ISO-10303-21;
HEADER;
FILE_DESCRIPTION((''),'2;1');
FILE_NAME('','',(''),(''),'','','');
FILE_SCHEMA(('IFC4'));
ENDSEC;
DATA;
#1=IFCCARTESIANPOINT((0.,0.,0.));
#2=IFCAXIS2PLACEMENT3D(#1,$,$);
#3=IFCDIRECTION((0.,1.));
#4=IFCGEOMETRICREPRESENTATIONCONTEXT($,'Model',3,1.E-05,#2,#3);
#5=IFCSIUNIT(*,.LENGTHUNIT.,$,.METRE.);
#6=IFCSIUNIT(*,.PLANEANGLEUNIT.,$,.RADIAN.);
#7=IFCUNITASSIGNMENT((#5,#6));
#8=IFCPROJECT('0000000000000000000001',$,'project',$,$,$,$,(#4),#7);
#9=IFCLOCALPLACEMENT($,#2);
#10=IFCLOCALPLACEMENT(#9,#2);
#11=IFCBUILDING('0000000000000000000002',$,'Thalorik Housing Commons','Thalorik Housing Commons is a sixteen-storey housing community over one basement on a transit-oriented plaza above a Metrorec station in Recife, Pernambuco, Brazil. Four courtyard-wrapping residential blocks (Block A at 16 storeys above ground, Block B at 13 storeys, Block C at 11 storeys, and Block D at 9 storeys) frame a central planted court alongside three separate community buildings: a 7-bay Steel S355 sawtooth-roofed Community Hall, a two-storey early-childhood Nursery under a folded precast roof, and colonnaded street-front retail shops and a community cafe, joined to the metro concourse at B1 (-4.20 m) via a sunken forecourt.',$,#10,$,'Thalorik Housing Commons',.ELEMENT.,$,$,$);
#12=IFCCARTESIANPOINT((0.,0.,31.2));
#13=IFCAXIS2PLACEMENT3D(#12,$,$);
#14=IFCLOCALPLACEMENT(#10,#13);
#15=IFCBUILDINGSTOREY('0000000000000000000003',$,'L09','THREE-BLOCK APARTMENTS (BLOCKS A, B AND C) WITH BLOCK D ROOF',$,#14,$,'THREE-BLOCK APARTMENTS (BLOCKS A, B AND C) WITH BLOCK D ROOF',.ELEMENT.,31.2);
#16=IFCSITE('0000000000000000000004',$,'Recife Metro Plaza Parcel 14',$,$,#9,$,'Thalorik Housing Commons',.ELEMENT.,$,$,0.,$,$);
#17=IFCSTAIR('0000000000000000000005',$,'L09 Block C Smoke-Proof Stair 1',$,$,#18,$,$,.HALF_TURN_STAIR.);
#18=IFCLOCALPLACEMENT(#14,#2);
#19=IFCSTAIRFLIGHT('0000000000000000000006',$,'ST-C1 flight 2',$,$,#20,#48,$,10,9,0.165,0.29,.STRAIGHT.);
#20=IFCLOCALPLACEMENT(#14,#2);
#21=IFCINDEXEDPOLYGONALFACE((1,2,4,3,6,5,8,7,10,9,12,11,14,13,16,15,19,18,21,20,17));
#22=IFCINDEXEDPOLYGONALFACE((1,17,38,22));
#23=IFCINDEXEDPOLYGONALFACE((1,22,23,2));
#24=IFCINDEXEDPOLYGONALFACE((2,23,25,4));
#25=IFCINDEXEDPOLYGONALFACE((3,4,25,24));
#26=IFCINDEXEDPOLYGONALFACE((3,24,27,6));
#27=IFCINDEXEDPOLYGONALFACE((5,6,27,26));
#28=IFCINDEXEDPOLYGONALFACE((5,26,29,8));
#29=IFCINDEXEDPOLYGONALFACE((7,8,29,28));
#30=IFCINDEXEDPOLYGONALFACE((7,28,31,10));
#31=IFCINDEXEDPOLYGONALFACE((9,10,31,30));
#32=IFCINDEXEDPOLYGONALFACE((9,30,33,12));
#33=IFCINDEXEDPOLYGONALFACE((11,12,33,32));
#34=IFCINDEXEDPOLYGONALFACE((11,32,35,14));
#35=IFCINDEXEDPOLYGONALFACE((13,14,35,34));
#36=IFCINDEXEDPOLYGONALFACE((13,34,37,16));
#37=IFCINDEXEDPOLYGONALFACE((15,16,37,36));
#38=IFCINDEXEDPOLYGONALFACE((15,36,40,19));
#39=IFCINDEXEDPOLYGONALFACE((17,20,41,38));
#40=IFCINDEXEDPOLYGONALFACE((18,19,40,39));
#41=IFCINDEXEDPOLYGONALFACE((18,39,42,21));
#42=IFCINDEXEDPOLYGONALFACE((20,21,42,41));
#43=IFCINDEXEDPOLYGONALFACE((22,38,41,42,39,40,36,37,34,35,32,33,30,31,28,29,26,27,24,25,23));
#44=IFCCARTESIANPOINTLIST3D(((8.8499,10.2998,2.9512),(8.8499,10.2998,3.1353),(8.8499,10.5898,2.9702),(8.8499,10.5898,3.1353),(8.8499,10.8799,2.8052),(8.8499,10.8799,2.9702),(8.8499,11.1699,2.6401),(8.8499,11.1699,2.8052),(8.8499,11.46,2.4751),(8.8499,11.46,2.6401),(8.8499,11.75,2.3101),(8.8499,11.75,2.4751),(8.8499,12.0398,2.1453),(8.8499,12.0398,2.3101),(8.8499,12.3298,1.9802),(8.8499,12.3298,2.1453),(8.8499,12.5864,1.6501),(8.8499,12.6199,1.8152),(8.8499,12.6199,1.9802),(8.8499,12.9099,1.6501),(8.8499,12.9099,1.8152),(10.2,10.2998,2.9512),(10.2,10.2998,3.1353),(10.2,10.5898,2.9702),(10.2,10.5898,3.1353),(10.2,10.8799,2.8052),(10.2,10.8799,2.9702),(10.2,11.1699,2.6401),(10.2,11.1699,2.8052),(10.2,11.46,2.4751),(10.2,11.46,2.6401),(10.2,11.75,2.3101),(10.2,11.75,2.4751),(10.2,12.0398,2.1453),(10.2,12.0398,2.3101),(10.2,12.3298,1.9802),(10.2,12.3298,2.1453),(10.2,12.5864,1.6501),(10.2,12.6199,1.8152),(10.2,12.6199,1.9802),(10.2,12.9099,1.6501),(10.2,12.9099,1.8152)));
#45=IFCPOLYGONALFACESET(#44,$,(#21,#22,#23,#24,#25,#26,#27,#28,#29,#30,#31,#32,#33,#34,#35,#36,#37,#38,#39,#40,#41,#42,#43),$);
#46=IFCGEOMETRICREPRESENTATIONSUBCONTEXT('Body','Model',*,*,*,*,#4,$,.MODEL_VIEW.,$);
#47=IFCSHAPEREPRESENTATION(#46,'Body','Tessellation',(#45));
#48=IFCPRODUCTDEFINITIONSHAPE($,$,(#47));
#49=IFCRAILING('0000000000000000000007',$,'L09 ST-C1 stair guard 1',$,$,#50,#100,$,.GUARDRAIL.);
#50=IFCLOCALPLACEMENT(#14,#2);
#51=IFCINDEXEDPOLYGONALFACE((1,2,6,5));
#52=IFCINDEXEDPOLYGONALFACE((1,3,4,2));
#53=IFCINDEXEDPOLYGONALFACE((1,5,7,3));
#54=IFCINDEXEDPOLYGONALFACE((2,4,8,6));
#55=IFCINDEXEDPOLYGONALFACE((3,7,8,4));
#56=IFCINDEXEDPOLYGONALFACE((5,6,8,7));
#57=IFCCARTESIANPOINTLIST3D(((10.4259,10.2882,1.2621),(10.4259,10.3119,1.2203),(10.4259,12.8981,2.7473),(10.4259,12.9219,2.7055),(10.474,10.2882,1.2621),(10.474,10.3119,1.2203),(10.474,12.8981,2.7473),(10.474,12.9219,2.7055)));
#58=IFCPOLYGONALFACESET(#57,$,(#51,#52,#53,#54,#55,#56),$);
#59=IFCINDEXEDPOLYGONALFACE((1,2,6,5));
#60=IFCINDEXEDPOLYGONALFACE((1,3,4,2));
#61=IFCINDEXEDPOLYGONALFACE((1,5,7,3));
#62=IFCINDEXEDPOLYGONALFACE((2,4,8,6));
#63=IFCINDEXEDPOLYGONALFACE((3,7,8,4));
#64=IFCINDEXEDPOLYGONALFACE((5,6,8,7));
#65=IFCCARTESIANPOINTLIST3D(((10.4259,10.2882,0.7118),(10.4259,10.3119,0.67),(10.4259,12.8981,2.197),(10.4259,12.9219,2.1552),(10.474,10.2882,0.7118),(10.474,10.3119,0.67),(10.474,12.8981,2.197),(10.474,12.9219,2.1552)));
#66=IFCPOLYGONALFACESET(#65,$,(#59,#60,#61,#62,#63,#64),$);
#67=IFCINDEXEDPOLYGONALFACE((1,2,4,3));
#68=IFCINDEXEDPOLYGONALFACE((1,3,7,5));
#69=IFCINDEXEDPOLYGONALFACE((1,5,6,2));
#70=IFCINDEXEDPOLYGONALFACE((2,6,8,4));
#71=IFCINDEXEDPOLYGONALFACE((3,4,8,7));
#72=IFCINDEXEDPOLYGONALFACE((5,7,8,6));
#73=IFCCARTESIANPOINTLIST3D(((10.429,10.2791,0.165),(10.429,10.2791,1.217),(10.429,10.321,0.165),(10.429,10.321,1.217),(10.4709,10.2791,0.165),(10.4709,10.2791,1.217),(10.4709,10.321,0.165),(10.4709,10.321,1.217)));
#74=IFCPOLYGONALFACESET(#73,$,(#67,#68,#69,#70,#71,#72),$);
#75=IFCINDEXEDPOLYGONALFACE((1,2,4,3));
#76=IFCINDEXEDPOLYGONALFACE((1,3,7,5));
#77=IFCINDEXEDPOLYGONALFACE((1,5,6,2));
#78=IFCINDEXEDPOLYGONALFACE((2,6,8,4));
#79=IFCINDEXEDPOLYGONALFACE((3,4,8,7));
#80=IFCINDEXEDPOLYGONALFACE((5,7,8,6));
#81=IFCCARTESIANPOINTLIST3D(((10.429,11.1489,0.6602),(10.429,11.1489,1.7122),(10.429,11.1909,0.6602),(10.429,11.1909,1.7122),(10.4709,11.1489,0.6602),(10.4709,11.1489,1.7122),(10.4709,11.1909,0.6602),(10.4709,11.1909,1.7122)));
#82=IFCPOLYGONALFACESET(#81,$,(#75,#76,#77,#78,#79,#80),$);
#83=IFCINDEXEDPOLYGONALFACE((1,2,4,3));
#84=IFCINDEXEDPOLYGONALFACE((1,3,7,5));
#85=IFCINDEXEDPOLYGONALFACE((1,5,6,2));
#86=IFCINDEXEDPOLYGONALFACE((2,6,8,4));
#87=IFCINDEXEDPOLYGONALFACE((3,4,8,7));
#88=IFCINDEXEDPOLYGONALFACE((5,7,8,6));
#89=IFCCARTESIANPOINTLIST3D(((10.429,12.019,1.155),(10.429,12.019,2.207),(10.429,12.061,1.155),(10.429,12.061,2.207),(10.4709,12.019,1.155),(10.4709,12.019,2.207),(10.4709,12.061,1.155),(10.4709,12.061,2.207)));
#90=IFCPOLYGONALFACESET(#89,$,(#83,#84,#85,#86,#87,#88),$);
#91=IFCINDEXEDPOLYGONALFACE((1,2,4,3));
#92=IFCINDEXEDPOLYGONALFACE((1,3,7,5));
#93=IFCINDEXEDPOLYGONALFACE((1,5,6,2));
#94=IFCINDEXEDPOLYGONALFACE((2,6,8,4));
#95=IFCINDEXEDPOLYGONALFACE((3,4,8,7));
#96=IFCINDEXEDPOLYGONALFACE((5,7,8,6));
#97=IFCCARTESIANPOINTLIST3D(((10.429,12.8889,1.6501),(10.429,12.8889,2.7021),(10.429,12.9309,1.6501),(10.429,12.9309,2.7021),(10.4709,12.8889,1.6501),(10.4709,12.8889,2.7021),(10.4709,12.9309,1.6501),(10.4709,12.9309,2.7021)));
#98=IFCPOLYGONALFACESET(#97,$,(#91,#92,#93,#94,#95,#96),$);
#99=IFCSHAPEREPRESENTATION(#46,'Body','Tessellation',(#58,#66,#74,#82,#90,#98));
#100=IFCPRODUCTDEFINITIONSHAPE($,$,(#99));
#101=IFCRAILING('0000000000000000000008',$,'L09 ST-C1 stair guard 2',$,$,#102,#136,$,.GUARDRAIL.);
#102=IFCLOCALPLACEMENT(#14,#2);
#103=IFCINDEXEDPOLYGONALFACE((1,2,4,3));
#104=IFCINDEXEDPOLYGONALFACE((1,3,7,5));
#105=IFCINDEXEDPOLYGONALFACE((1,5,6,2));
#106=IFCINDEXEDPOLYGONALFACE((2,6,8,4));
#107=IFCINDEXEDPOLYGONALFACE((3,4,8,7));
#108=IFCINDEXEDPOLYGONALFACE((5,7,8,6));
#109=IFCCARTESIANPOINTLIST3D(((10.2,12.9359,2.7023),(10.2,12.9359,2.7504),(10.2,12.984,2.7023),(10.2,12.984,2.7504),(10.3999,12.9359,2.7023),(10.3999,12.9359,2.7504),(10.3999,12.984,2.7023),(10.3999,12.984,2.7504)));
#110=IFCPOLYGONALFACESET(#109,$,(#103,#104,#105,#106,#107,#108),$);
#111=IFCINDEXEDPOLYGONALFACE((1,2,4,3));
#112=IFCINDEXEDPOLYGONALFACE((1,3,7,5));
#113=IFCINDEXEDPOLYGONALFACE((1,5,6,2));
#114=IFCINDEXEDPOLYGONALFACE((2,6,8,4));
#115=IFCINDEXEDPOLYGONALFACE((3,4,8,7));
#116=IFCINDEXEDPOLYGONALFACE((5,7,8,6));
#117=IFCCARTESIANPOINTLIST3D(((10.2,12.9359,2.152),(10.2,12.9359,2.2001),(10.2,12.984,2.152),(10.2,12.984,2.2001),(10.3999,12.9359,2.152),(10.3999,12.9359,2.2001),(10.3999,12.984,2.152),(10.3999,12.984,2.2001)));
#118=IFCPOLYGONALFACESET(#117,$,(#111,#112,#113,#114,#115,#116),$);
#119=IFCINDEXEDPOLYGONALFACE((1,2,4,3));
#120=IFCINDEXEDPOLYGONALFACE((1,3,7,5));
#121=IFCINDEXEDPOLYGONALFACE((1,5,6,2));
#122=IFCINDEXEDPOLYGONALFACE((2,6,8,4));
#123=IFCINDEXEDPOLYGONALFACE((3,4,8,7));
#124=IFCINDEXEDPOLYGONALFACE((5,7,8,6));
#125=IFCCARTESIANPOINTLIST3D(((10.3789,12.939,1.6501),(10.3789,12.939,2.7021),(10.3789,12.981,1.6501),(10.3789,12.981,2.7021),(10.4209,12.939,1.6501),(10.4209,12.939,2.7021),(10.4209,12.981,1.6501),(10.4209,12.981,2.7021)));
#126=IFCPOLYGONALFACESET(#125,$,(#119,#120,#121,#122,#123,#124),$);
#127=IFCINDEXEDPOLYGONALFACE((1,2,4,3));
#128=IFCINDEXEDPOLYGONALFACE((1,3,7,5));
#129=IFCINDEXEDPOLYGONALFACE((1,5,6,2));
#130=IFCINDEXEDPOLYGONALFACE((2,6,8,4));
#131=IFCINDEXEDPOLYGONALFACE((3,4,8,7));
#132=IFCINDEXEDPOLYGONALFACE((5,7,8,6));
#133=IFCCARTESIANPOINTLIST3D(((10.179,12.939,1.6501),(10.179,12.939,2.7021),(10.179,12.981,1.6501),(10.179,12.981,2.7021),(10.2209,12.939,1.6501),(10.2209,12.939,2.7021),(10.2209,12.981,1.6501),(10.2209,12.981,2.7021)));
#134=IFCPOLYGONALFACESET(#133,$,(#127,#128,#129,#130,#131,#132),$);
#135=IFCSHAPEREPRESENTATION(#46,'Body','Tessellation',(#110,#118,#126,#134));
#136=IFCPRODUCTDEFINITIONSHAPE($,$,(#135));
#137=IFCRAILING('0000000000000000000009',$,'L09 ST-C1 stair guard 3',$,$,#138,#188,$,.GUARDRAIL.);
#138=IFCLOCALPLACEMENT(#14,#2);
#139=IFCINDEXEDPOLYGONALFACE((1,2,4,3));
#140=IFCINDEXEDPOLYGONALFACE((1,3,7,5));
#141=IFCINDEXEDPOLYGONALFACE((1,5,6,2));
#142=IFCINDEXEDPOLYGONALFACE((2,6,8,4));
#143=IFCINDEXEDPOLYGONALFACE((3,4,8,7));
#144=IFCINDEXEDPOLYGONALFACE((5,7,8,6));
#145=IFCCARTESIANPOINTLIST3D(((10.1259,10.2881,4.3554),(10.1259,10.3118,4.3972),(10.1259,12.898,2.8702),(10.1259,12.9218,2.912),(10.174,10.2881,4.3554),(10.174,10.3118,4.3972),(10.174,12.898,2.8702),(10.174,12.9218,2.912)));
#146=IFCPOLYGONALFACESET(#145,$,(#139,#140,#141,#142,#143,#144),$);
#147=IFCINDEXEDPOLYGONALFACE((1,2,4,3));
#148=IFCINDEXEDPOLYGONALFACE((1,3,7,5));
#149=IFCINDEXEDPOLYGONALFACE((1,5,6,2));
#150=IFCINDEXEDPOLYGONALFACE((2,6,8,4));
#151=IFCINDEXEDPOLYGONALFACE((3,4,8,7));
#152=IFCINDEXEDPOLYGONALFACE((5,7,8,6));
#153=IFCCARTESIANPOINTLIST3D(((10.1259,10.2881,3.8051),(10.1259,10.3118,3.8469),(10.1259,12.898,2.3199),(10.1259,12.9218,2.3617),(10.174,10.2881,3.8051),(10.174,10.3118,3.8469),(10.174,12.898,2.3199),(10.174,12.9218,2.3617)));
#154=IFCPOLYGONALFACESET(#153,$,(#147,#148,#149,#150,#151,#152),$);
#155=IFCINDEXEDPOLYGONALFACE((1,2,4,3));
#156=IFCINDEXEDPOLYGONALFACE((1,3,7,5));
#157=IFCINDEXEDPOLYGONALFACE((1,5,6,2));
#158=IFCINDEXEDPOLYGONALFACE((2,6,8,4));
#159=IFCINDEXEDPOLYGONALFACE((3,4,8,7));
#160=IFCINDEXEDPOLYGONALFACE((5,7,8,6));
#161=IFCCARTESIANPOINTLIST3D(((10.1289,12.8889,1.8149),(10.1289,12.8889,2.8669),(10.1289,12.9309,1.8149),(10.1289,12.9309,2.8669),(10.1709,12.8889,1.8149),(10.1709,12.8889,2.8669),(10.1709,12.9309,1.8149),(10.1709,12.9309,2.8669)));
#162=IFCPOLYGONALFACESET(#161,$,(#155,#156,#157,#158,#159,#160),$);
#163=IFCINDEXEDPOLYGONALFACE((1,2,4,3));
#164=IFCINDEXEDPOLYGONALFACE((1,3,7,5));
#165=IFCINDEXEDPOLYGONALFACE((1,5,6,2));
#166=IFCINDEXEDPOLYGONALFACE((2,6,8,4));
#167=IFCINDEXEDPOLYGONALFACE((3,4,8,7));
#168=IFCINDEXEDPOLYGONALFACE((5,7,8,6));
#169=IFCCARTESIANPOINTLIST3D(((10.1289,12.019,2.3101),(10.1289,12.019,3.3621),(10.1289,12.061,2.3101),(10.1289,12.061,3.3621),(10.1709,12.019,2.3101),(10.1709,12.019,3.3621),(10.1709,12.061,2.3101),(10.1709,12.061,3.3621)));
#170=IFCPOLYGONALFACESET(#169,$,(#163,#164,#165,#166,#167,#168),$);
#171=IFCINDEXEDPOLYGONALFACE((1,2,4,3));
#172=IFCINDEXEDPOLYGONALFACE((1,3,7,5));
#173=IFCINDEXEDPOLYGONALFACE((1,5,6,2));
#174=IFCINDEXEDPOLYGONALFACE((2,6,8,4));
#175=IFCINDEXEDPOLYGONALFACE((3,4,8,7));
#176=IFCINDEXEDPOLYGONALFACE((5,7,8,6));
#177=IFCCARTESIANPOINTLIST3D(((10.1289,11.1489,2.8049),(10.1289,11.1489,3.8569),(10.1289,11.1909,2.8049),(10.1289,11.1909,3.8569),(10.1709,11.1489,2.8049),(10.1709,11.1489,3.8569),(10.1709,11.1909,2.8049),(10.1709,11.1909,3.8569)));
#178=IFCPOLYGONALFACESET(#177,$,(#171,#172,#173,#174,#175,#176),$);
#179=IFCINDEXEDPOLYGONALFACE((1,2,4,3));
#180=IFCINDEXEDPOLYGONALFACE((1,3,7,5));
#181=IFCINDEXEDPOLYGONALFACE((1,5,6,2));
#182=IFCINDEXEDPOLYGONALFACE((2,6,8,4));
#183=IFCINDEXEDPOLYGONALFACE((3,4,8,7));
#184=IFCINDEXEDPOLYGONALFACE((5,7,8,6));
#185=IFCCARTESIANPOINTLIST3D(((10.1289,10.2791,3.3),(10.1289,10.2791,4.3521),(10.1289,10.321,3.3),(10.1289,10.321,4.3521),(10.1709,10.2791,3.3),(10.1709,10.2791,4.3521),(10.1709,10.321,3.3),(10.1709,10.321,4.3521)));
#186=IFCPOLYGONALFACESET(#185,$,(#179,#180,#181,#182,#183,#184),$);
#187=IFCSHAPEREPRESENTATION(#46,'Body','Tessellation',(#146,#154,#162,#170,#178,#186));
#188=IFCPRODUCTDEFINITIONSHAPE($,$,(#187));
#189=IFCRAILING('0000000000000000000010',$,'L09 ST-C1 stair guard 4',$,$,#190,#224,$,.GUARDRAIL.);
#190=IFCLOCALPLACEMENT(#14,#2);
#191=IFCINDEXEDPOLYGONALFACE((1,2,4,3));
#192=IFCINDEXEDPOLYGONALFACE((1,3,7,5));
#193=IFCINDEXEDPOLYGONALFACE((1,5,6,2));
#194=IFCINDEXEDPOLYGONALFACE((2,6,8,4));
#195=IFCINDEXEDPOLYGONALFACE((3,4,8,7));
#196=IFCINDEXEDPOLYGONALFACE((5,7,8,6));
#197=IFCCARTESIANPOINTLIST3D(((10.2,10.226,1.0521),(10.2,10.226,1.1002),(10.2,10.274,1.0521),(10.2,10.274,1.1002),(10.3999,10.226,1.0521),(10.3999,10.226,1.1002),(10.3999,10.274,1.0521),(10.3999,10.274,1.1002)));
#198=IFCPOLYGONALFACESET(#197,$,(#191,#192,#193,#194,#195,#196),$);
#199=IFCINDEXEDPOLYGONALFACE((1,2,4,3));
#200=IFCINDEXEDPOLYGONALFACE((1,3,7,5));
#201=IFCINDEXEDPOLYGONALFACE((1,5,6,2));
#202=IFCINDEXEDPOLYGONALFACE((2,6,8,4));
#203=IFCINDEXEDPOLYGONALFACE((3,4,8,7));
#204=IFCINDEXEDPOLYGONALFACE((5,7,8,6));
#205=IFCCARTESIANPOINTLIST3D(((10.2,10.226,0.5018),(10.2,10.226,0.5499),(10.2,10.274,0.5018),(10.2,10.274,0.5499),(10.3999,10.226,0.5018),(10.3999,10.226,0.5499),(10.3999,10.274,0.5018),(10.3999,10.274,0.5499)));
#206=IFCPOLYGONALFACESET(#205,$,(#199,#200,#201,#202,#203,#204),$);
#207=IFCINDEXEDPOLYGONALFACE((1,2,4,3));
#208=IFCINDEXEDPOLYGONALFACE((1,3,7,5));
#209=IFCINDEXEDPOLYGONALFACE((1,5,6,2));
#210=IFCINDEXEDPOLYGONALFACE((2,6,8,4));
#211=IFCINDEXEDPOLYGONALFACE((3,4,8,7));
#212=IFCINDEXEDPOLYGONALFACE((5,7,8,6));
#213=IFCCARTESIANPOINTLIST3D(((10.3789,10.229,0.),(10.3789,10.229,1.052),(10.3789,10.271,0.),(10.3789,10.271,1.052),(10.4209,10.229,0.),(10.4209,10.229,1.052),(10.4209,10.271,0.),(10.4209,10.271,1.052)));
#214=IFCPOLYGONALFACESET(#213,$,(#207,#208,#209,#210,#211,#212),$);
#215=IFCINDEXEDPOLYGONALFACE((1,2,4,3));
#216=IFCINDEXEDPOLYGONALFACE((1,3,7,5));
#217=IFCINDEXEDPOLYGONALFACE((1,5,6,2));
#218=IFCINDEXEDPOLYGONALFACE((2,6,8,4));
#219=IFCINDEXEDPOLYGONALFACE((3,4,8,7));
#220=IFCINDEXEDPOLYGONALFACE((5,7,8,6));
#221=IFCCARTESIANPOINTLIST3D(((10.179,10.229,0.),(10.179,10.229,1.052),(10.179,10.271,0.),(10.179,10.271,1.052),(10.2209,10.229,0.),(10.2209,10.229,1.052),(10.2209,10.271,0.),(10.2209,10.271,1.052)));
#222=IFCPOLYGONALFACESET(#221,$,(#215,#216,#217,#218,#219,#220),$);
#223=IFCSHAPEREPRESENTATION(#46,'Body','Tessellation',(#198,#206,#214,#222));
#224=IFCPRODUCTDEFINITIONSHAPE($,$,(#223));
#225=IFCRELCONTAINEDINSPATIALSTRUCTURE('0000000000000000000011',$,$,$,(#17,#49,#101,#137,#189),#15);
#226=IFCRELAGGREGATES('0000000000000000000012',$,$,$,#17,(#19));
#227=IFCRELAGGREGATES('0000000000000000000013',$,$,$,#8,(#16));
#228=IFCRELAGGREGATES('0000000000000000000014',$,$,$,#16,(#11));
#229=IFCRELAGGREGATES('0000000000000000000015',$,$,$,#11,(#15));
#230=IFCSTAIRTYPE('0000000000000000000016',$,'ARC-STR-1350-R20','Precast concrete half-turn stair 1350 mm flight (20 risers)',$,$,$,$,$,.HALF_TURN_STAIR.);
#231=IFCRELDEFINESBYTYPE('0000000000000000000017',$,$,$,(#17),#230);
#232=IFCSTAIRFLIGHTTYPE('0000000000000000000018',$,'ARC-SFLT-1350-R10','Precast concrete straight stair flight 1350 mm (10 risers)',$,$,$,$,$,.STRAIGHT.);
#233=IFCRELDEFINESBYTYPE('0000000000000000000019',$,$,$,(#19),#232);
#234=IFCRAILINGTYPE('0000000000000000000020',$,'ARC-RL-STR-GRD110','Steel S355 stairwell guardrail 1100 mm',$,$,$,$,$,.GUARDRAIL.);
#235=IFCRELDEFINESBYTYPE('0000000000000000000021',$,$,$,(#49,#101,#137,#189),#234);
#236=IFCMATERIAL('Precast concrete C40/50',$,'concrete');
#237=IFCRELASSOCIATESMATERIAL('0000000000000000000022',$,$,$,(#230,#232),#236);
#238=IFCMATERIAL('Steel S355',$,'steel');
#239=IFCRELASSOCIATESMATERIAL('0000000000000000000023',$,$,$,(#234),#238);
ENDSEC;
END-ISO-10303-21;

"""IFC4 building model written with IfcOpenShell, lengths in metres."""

from ifc_helpers import new_model, si_unit, direction, frame, origin, origin_2d, place, context, subcontext, project, spatial, polyline, rectangle, outline, extrude, material, type_object, element, aggregate, save


model = new_model("IFC4")

# Units and contexts
model_context = context("Model", 3, precision=1e-05, world=origin(), true_north=direction((0.0, 1.0)))
body_context = subcontext(model_context, "Body", "Model", "MODEL_VIEW")
ifc_project = project(units=[si_unit("LENGTHUNIT", "METRE"), si_unit("PLANEANGLEUNIT", "RADIAN")], contexts=[model_context])

# Site, building, storey
site_placement = place(None, origin())
site = spatial("IfcSite", under=ifc_project, at=site_placement, Name="Recife Metro Plaza Parcel 14", LongName="Thalorik Housing Commons", CompositionType="ELEMENT", RefElevation=0.0)
building_placement = place(site_placement, origin())
building = spatial("IfcBuilding", under=site, at=building_placement, Name="Thalorik Housing Commons", Description="Thalorik Housing Commons is a sixteen-storey housing community over one basement on a transit-oriented plaza above a Metrorec station in Recife, Pernambuco, Brazil. Four courtyard-wrapping residential blocks (Block A at 16 storeys above ground, Block B at 13 storeys, Block C at 11 storeys, and Block D at 9 storeys) frame a central planted court alongside three separate community buildings: a 7-bay Steel S355 sawtooth-roofed Community Hall, a two-storey early-childhood Nursery under a folded precast roof, and colonnaded street-front retail shops and a community cafe, joined to the metro concourse at B1 (-4.20 m) via a sunken forecourt.", LongName="Thalorik Housing Commons", CompositionType="ELEMENT")
storey_placement = place(building_placement, frame((0.0, 0.0, 31.2)))
storey = spatial("IfcBuildingStorey", under=building, at=storey_placement, Name="L09", Description="THREE-BLOCK APARTMENTS (BLOCKS A, B AND C) WITH BLOCK D ROOF", LongName="THREE-BLOCK APARTMENTS (BLOCKS A, B AND C) WITH BLOCK D ROOF", CompositionType="ELEMENT", Elevation=31.2)

# Shared definitions
ifc_material_1 = material(Name="Steel S355", Category="steel")

# Stair, stair flight
ifc_material_2 = material(Name="Precast concrete C40/50", Category="concrete")
stair_type = type_object("IfcStairType", Name="ARC-STR-1350-R20", Description="Precast concrete half-turn stair 1350 mm flight (20 risers)", PredefinedType="HALF_TURN_STAIR", material=ifc_material_2)
stair_placement = place(storey_placement, origin())
stair = element("IfcStair", 1, at=stair_placement, inside=storey, type_object=stair_type, Name="L09 Block C Smoke-Proof Stair 1", PredefinedType="HALF_TURN_STAIR")
stair_flight_type = type_object("IfcStairFlightType", Name="ARC-SFLT-1350-R10", Description="Precast concrete straight stair flight 1350 mm (10 risers)", PredefinedType="STRAIGHT", material=ifc_material_2)
stair_flight_1_placement = place(storey_placement, frame((9.5249, 12.9099, 1.6501), z_axis=(0.0, 0.0, 1.0), x_axis=(0.0, -1.0, 0.0)))
stair_flight_1 = element("IfcStairFlight", 2, at=stair_flight_1_placement, type_object=stair_flight_type, Name="ST-C1 flight 2", NumberOfRisers=10, NumberOfTreads=9, PredefinedType="STRAIGHT", RiserHeight=0.165, TreadLength=0.29, context=body_context, shape_type="SweptSolid", body=[
    extrude(outline(polyline([(0.0, 0.0), (0.0, 0.165), (0.29, 0.165), (0.29, 0.3301), (0.5801, 0.3301), (0.5801, 0.4951), (0.8701, 0.4951), (0.8701, 0.6599), (1.1599, 0.6599), (1.1599, 0.825), (1.45, 0.825), (1.45, 0.99), (1.74, 0.99), (1.74, 1.155), (2.03, 1.155), (2.03, 1.3201), (2.3201, 1.3201), (2.3201, 1.4851), (2.6101, 1.4851), (2.6101, 1.6499), (2.6101, 1.301), (0.3235, 0.0), (0.0, 0.0)])), frame((0.0, 0.675, 0.0), z_axis=(0.0, -1.0, 0.0), x_axis=(1.0, 0.0, 0.0)), (0.0, 0.0, 1.0), 1.3501),
])
aggregate(stair, [stair_flight_1])

# Railings
railing_type_1 = type_object("IfcRailingType", Name="ARC-RL-STR-GRD110", Description="Steel S355 stairwell guardrail 1100 mm", PredefinedType="GUARDRAIL", material=ifc_material_1)
railing_1_placement = place(storey_placement, frame((10.45, 10.3, 0.165)))
element("IfcRailing", 3, at=railing_1_placement, inside=storey, type_object=railing_type_1, Name="L09 ST-C1 stair guard 1", PredefinedType="GUARDRAIL", context=body_context, shape_type="SweptSolid", body=[
    extrude(rectangle(XDim=0.0481, YDim=0.0481, at=origin_2d()), frame((0.0, 0.0, 1.0762), z_axis=(0.0, 0.869137, 0.494571), x_axis=(-1.0, 0.0, 0.0)), (0.0, 0.0, 1.0), 3.0029),
    extrude(rectangle(XDim=0.0481, YDim=0.0481, at=origin_2d()), frame((0.0, 0.0, 0.5259), z_axis=(0.0, 0.869137, 0.494571), x_axis=(-1.0, 0.0, 0.0)), (0.0, 0.0, 1.0), 3.0029),
    extrude(rectangle(XDim=0.042, YDim=0.042, at=origin_2d()), origin(), (0.0, 0.0, 1.0), 1.052),
    extrude(rectangle(XDim=0.042, YDim=0.042, at=origin_2d()), frame((0.0, 0.8699, 0.4951)), (0.0, 0.0, 1.0), 1.052),
    extrude(rectangle(XDim=0.042, YDim=0.042, at=origin_2d()), frame((0.0, 1.74, 0.99)), (0.0, 0.0, 1.0), 1.052),
    extrude(rectangle(XDim=0.042, YDim=0.042, at=origin_2d()), frame((0.0, 2.6099, 1.4851)), (0.0, 0.0, 1.0), 1.052),
])
railing_2_placement = place(storey_placement, frame((10.3999, 12.96, 1.6501)))
element("IfcRailing", 4, at=railing_2_placement, inside=storey, type_object=railing_type_1, Name="L09 ST-C1 stair guard 2", PredefinedType="GUARDRAIL", context=body_context, shape_type="SweptSolid", body=[
    extrude(rectangle(XDim=0.0481, YDim=0.0481, at=origin_2d()), frame((0.0, 0.0, 1.0762), z_axis=(-1.0, 0.0, 0.0), x_axis=(0.0, -1.0, 0.0)), (0.0, 0.0, 1.0), 0.2),
    extrude(rectangle(XDim=0.0481, YDim=0.0481, at=origin_2d()), frame((0.0, 0.0, 0.5259), z_axis=(-1.0, 0.0, 0.0), x_axis=(0.0, -1.0, 0.0)), (0.0, 0.0, 1.0), 0.2),
    extrude(rectangle(XDim=0.042, YDim=0.042, at=origin_2d()), origin(), (0.0, 0.0, 1.0), 1.052),
    extrude(rectangle(XDim=0.042, YDim=0.042, at=origin_2d()), frame((-0.2, 0.0, 0.0)), (0.0, 0.0, 1.0), 1.052),
])
railing_3_placement = place(storey_placement, frame((10.1499, 12.9099, 1.8149)))
element("IfcRailing", 5, at=railing_3_placement, inside=storey, type_object=railing_type_1, Name="L09 ST-C1 stair guard 3", PredefinedType="GUARDRAIL", context=body_context, shape_type="SweptSolid", body=[
    extrude(rectangle(XDim=0.0481, YDim=0.0481, at=origin_2d()), frame((0.0, 0.0, 1.0762), z_axis=(0.0, -0.869137, 0.494571), x_axis=(1.0, 0.0, 0.0)), (0.0, 0.0, 1.0), 3.0029),
    extrude(rectangle(XDim=0.0481, YDim=0.0481, at=origin_2d()), frame((0.0, 0.0, 0.5259), z_axis=(0.0, -0.869137, 0.494571), x_axis=(1.0, 0.0, 0.0)), (0.0, 0.0, 1.0), 3.0029),
    extrude(rectangle(XDim=0.042, YDim=0.042, at=origin_2d()), origin(), (0.0, 0.0, 1.0), 1.052),
    extrude(rectangle(XDim=0.042, YDim=0.042, at=origin_2d()), frame((0.0, -0.8699, 0.4951)), (0.0, 0.0, 1.0), 1.052),
    extrude(rectangle(XDim=0.042, YDim=0.042, at=origin_2d()), frame((0.0, -1.74, 0.99)), (0.0, 0.0, 1.0), 1.052),
    extrude(rectangle(XDim=0.042, YDim=0.042, at=origin_2d()), frame((0.0, -2.6099, 1.4851)), (0.0, 0.0, 1.0), 1.052),
])
railing_4_placement = place(storey_placement, frame((10.3999, 10.25, 0.0)))
element("IfcRailing", 6, at=railing_4_placement, inside=storey, type_object=railing_type_1, Name="L09 ST-C1 stair guard 4", PredefinedType="GUARDRAIL", context=body_context, shape_type="SweptSolid", body=[
    extrude(rectangle(XDim=0.0481, YDim=0.0481, at=origin_2d()), frame((0.0, 0.0, 1.0762), z_axis=(-1.0, 0.0, 0.0), x_axis=(0.0, -1.0, 0.0)), (0.0, 0.0, 1.0), 0.2),
    extrude(rectangle(XDim=0.0481, YDim=0.0481, at=origin_2d()), frame((0.0, 0.0, 0.5259), z_axis=(-1.0, 0.0, 0.0), x_axis=(0.0, -1.0, 0.0)), (0.0, 0.0, 1.0), 0.2),
    extrude(rectangle(XDim=0.042, YDim=0.042, at=origin_2d()), origin(), (0.0, 0.0, 1.0), 1.052),
    extrude(rectangle(XDim=0.042, YDim=0.042, at=origin_2d()), frame((-0.2, 0.0, 0.0)), (0.0, 0.0, 1.0), 1.052),
])

save(model, "model.ifc")
